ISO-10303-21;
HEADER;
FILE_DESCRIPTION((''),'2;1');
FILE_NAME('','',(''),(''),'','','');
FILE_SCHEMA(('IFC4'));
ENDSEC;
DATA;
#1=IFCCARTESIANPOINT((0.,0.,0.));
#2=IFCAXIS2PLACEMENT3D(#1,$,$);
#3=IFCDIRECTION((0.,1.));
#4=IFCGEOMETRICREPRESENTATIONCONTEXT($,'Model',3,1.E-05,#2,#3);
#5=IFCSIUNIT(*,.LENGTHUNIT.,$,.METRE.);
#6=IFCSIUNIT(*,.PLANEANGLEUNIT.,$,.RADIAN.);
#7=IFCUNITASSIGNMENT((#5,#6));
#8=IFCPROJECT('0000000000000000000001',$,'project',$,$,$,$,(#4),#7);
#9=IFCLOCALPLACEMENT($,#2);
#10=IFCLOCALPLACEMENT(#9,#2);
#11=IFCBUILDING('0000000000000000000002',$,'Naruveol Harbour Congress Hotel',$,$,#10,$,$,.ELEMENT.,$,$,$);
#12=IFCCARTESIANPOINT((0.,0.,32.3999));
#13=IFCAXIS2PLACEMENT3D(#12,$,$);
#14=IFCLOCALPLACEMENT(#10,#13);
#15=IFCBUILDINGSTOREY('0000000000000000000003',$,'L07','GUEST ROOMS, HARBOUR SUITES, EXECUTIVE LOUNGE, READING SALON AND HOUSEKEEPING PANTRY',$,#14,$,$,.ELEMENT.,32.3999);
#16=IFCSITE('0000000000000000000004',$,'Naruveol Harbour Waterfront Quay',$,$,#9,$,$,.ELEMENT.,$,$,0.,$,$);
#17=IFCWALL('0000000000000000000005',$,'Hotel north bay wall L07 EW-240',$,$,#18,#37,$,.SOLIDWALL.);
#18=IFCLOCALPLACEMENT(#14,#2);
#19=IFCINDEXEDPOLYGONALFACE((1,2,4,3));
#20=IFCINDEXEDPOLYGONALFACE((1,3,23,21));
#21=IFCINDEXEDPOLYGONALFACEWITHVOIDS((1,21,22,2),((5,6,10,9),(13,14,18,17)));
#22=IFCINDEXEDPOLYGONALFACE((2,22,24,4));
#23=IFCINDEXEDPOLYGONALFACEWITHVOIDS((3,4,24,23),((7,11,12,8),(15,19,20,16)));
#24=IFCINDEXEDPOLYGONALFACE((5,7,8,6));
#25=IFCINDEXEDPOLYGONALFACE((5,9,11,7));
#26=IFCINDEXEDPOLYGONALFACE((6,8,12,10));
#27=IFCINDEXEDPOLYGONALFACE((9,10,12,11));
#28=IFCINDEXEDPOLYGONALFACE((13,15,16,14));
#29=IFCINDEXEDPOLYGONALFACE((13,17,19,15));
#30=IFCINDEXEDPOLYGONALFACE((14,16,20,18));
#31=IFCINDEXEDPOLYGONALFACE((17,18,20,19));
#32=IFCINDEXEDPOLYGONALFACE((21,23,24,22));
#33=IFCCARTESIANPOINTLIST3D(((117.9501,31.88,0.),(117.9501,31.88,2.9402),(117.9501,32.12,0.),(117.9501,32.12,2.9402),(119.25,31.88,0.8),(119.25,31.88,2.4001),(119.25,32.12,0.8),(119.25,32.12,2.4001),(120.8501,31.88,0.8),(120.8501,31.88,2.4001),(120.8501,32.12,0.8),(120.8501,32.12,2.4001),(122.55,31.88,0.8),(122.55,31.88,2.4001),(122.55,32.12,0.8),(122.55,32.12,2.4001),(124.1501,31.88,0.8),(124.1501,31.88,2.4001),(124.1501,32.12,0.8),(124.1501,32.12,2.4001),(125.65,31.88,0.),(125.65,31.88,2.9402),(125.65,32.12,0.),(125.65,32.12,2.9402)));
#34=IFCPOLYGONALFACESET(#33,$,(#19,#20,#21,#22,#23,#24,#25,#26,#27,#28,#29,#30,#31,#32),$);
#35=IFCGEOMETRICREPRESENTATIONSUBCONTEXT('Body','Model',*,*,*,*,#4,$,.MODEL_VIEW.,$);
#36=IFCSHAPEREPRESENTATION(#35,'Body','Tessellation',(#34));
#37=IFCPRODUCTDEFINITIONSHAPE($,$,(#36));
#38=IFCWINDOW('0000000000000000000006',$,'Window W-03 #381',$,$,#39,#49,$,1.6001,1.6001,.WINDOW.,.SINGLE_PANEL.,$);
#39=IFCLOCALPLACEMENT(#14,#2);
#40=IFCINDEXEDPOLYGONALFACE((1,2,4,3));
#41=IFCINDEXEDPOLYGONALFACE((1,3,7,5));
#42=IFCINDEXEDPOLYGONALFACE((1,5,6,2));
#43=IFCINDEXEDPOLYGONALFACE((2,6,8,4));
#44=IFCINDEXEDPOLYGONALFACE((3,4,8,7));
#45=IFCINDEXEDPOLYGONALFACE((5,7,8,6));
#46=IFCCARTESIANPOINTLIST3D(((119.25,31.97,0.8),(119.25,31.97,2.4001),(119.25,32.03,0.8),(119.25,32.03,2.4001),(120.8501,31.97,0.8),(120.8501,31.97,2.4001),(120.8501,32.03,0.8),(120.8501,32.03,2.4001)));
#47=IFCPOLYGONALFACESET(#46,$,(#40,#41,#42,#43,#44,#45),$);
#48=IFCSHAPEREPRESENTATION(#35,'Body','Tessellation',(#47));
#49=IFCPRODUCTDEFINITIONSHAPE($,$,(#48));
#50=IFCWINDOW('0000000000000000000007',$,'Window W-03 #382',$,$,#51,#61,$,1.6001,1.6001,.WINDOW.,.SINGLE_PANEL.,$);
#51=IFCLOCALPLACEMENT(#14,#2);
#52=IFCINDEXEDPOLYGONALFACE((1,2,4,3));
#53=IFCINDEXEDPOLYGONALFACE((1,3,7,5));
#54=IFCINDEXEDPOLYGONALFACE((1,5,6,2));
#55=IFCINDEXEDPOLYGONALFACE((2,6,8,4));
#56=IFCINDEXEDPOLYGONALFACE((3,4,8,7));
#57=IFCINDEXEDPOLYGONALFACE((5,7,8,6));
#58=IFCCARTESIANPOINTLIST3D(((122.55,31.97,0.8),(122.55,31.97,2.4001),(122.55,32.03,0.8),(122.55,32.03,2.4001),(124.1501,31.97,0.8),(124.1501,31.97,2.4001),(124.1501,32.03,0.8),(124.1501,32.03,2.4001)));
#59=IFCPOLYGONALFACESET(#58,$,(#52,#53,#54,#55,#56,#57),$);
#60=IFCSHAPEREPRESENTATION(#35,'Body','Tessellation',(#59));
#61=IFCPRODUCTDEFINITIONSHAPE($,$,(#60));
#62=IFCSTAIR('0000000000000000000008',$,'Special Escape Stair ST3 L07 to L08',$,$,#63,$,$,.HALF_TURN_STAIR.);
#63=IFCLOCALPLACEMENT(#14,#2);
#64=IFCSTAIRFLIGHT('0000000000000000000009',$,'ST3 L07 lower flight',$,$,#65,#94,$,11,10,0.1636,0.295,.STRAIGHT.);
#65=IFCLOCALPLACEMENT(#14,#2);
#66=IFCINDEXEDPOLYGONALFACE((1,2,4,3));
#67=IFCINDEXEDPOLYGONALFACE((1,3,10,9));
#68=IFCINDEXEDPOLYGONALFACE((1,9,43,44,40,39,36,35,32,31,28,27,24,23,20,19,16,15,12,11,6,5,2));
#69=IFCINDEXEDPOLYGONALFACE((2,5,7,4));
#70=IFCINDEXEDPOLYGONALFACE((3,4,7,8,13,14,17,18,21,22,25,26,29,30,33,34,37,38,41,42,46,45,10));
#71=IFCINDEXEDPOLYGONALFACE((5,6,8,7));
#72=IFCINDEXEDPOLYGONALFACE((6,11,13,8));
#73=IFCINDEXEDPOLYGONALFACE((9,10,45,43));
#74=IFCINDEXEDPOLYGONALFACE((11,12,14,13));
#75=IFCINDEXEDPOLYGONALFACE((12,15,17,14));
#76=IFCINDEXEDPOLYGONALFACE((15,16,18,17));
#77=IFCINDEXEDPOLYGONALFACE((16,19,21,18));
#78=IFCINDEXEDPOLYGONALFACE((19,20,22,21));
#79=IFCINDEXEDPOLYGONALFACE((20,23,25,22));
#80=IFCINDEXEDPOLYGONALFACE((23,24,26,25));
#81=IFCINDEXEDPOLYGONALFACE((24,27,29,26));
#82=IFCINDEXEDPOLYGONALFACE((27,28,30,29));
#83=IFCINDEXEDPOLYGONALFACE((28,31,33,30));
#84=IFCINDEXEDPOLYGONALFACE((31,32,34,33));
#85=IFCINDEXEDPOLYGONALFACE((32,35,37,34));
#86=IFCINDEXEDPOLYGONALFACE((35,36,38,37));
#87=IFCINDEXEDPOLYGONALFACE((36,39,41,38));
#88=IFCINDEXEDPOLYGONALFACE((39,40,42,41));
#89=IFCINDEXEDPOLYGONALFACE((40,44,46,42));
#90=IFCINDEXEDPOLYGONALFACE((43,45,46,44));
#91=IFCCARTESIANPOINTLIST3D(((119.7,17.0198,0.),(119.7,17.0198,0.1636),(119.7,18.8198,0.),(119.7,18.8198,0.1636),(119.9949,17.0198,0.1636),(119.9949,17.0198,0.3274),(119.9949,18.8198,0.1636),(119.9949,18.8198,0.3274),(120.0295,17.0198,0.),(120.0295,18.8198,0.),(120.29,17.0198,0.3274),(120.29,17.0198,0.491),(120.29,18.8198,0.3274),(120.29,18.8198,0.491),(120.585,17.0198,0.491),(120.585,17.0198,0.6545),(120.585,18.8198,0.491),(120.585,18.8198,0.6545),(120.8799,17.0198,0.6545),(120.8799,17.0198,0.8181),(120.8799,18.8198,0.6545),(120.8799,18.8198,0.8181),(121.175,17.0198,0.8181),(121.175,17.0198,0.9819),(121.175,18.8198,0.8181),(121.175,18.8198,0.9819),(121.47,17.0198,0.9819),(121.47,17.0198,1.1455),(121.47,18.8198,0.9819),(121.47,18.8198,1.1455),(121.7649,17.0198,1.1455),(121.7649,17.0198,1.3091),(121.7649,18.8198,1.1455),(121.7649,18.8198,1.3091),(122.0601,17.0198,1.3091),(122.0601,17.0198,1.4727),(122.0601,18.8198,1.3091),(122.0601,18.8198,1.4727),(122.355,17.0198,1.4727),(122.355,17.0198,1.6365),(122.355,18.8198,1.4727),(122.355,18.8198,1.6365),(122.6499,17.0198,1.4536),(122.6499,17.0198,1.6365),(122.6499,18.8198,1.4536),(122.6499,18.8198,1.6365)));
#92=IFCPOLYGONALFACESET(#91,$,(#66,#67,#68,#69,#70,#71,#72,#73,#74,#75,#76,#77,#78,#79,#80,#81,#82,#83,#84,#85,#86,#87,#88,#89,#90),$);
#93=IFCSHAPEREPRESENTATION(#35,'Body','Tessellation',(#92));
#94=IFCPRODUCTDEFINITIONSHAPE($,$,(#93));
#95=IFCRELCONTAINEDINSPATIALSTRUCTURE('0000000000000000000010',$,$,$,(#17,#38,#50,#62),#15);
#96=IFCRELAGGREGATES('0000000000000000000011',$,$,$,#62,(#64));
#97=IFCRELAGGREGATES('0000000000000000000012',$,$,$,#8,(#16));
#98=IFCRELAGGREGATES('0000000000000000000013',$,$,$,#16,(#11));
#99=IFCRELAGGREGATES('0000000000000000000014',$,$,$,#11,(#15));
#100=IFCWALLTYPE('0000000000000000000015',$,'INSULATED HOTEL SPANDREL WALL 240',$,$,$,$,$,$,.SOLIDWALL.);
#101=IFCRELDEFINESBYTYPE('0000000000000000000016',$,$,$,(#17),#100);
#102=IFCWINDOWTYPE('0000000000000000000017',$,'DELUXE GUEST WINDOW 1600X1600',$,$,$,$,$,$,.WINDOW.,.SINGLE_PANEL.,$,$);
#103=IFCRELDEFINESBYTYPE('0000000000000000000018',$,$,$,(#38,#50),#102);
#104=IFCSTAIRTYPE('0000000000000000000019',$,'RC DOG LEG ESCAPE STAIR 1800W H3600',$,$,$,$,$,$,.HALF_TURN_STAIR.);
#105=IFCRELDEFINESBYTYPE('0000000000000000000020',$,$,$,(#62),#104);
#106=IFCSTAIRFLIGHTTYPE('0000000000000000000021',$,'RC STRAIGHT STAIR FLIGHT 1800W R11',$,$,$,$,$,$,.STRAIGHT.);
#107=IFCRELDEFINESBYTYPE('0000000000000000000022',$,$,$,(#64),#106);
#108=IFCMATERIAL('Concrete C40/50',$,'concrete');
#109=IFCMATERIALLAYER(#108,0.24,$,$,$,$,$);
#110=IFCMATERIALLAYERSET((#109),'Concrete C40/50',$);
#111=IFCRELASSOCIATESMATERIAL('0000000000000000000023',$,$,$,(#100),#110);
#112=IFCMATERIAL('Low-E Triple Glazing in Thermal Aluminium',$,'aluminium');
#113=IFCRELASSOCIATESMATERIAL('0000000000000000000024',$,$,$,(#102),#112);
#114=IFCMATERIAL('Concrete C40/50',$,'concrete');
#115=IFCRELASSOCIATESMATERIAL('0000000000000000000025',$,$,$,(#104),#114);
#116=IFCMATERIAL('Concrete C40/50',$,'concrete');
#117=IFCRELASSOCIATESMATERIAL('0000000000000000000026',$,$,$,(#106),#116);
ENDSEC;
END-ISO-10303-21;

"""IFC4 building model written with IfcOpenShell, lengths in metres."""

from ifc_helpers import new_model, si_unit, direction, frame, frame_2d, origin, place, context, subcontext, project, spatial, polyline, rectangle, outline, extrude, material, layer, layer_set, type_object, element, fill, aggregate, save


model = new_model("IFC4")

# Units and contexts
model_context = context("Model", 3, precision=1e-05, world=origin(), true_north=direction((0.0, 1.0)))
body_context = subcontext(model_context, "Body", "Model", "MODEL_VIEW")
ifc_project = project(units=[si_unit("LENGTHUNIT", "METRE"), si_unit("PLANEANGLEUNIT", "RADIAN")], contexts=[model_context])

# Site, building, storey
site_placement = place(None, origin())
site = spatial("IfcSite", under=ifc_project, at=site_placement, Name="Naruveol Harbour Waterfront Quay", CompositionType="ELEMENT", RefElevation=0.0)
building_placement = place(site_placement, origin())
building = spatial("IfcBuilding", under=site, at=building_placement, Name="Naruveol Harbour Congress Hotel", CompositionType="ELEMENT")
storey_placement = place(building_placement, frame((0.0, 0.0, 32.3999)))
storey = spatial("IfcBuildingStorey", under=building, at=storey_placement, Name="L07", Description="GUEST ROOMS, HARBOUR SUITES, EXECUTIVE LOUNGE, READING SALON AND HOUSEKEEPING PANTRY", CompositionType="ELEMENT", Elevation=32.3999)

# Wall, openings, windows
ifc_material_1 = material(Name="Concrete C40/50", Category="concrete")
ifc_layer_1 = layer(ifc_material_1, 0.24)
ifc_layer_set_1 = layer_set([ifc_layer_1], Name="Concrete C40/50")
wall_type_1 = type_object("IfcWallType", Name="INSULATED HOTEL SPANDREL WALL 240", PredefinedType="SOLIDWALL", material=ifc_layer_set_1)
wall_1_placement = place(storey_placement, frame((117.95, 32.0, 0.0), z_axis=(0.0, 0.0, 1.0), x_axis=(1.0, 0.0, 0.0)))
wall_1 = element("IfcWall", 1, at=wall_1_placement, inside=storey, type_object=wall_type_1, Name="Hotel north bay wall L07 EW-240", PredefinedType="SOLIDWALL", context=body_context, shape_type="SweptSolid", body=[
    extrude(rectangle(XDim=7.7, YDim=0.24, at=frame_2d((3.8501, 0.0))), origin(), (0.0, 0.0, 1.0), 2.9402),
])
opening_1_placement = place(wall_1_placement, frame((1.3, 0.0, 0.8)))
opening_1 = element("IfcOpeningElement", 2, at=opening_1_placement, cuts=wall_1, PredefinedType="OPENING", context=body_context, shape_type="SweptSolid", body=[
    extrude(rectangle(XDim=1.6001, YDim=1.6001, at=frame_2d((0.8, 0.8))), frame((0.0, 0.1299, 0.0), z_axis=(0.0, -1.0, 0.0), x_axis=(1.0, 0.0, 0.0)), (0.0, 0.0, 1.0), 0.26),
])
opening_2_placement = place(wall_1_placement, frame((4.6001, 0.0, 0.8)))
opening_2 = element("IfcOpeningElement", 3, at=opening_2_placement, cuts=wall_1, PredefinedType="OPENING", context=body_context, shape_type="SweptSolid", body=[
    extrude(rectangle(XDim=1.6001, YDim=1.6001, at=frame_2d((0.8, 0.8))), frame((0.0, 0.1299, 0.0), z_axis=(0.0, -1.0, 0.0), x_axis=(1.0, 0.0, 0.0)), (0.0, 0.0, 1.0), 0.26),
])
ifc_material_2 = material(Name="Low-E Triple Glazing in Thermal Aluminium", Category="aluminium")
window_type = type_object("IfcWindowType", Name="DELUXE GUEST WINDOW 1600X1600", PartitioningType="SINGLE_PANEL", PredefinedType="WINDOW", material=ifc_material_2)
window_1_placement = place(opening_1_placement, origin())
window_1 = element("IfcWindow", 4, at=window_1_placement, inside=storey, type_object=window_type, Name="Window W-03 #381", OverallHeight=1.6001, OverallWidth=1.6001, PartitioningType="SINGLE_PANEL", PredefinedType="WINDOW", context=body_context, shape_type="SweptSolid", body=[
    extrude(rectangle(XDim=1.6001, YDim=1.6001, at=frame_2d((0.8, 0.8))), frame((0.0, 0.03, 0.0), z_axis=(0.0, -1.0, 0.0), x_axis=(1.0, 0.0, 0.0)), (0.0, 0.0, 1.0), 0.0601),
])
fill(opening_1, window_1)
window_2_placement = place(opening_2_placement, origin())
window_2 = element("IfcWindow", 5, at=window_2_placement, inside=storey, type_object=window_type, Name="Window W-03 #382", OverallHeight=1.6001, OverallWidth=1.6001, PartitioningType="SINGLE_PANEL", PredefinedType="WINDOW", context=body_context, shape_type="SweptSolid", body=[
    extrude(rectangle(XDim=1.6001, YDim=1.6001, at=frame_2d((0.8, 0.8))), frame((0.0, 0.03, 0.0), z_axis=(0.0, -1.0, 0.0), x_axis=(1.0, 0.0, 0.0)), (0.0, 0.0, 1.0), 0.0601),
])
fill(opening_2, window_2)

# Stair, stair flight
ifc_material_3 = material(Name="Concrete C40/50", Category="concrete")
stair_type = type_object("IfcStairType", Name="RC DOG LEG ESCAPE STAIR 1800W H3600", PredefinedType="HALF_TURN_STAIR", material=ifc_material_3)
stair_placement = place(storey_placement, origin())
stair = element("IfcStair", 6, at=stair_placement, inside=storey, type_object=stair_type, Name="Special Escape Stair ST3 L07 to L08", PredefinedType="HALF_TURN_STAIR")
ifc_material_4 = material(Name="Concrete C40/50", Category="concrete")
stair_flight_type = type_object("IfcStairFlightType", Name="RC STRAIGHT STAIR FLIGHT 1800W R11", PredefinedType="STRAIGHT", material=ifc_material_4)
stair_flight_placement = place(storey_placement, frame((119.7, 17.9199, 0.0), z_axis=(0.0, 0.0, 1.0), x_axis=(1.0, 0.0, 0.0)))
stair_flight = element("IfcStairFlight", 7, at=stair_flight_placement, type_object=stair_flight_type, Name="ST3 L07 lower flight", NumberOfRisers=11, NumberOfTreads=10, PredefinedType="STRAIGHT", RiserHeight=0.1636, TreadLength=0.295, context=body_context, shape_type="SweptSolid", body=[
    extrude(outline(polyline([(0.0, 0.0), (0.0, 0.1636), (0.2949, 0.1636), (0.2949, 0.3274), (0.5901, 0.3274), (0.5901, 0.491), (0.885, 0.491), (0.885, 0.6545), (1.1799, 0.6545), (1.1799, 0.8181), (1.4751, 0.8181), (1.4751, 0.9819), (1.77, 0.9819), (1.77, 1.1455), (2.0649, 1.1455), (2.0649, 1.3091), (2.3601, 1.3091), (2.3601, 1.4727), (2.655, 1.4727), (2.655, 1.6365), (2.95, 1.6365), (2.95, 1.8), (2.95, 1.4536), (0.3296, 0.0), (0.0, 0.0)])), frame((0.0, 0.8999, 0.0), z_axis=(0.0, -1.0, 0.0), x_axis=(1.0, 0.0, 0.0)), (0.0, 0.0, 1.0), 1.8),
])
aggregate(stair, [stair_flight])

save(model, "model.ifc")
